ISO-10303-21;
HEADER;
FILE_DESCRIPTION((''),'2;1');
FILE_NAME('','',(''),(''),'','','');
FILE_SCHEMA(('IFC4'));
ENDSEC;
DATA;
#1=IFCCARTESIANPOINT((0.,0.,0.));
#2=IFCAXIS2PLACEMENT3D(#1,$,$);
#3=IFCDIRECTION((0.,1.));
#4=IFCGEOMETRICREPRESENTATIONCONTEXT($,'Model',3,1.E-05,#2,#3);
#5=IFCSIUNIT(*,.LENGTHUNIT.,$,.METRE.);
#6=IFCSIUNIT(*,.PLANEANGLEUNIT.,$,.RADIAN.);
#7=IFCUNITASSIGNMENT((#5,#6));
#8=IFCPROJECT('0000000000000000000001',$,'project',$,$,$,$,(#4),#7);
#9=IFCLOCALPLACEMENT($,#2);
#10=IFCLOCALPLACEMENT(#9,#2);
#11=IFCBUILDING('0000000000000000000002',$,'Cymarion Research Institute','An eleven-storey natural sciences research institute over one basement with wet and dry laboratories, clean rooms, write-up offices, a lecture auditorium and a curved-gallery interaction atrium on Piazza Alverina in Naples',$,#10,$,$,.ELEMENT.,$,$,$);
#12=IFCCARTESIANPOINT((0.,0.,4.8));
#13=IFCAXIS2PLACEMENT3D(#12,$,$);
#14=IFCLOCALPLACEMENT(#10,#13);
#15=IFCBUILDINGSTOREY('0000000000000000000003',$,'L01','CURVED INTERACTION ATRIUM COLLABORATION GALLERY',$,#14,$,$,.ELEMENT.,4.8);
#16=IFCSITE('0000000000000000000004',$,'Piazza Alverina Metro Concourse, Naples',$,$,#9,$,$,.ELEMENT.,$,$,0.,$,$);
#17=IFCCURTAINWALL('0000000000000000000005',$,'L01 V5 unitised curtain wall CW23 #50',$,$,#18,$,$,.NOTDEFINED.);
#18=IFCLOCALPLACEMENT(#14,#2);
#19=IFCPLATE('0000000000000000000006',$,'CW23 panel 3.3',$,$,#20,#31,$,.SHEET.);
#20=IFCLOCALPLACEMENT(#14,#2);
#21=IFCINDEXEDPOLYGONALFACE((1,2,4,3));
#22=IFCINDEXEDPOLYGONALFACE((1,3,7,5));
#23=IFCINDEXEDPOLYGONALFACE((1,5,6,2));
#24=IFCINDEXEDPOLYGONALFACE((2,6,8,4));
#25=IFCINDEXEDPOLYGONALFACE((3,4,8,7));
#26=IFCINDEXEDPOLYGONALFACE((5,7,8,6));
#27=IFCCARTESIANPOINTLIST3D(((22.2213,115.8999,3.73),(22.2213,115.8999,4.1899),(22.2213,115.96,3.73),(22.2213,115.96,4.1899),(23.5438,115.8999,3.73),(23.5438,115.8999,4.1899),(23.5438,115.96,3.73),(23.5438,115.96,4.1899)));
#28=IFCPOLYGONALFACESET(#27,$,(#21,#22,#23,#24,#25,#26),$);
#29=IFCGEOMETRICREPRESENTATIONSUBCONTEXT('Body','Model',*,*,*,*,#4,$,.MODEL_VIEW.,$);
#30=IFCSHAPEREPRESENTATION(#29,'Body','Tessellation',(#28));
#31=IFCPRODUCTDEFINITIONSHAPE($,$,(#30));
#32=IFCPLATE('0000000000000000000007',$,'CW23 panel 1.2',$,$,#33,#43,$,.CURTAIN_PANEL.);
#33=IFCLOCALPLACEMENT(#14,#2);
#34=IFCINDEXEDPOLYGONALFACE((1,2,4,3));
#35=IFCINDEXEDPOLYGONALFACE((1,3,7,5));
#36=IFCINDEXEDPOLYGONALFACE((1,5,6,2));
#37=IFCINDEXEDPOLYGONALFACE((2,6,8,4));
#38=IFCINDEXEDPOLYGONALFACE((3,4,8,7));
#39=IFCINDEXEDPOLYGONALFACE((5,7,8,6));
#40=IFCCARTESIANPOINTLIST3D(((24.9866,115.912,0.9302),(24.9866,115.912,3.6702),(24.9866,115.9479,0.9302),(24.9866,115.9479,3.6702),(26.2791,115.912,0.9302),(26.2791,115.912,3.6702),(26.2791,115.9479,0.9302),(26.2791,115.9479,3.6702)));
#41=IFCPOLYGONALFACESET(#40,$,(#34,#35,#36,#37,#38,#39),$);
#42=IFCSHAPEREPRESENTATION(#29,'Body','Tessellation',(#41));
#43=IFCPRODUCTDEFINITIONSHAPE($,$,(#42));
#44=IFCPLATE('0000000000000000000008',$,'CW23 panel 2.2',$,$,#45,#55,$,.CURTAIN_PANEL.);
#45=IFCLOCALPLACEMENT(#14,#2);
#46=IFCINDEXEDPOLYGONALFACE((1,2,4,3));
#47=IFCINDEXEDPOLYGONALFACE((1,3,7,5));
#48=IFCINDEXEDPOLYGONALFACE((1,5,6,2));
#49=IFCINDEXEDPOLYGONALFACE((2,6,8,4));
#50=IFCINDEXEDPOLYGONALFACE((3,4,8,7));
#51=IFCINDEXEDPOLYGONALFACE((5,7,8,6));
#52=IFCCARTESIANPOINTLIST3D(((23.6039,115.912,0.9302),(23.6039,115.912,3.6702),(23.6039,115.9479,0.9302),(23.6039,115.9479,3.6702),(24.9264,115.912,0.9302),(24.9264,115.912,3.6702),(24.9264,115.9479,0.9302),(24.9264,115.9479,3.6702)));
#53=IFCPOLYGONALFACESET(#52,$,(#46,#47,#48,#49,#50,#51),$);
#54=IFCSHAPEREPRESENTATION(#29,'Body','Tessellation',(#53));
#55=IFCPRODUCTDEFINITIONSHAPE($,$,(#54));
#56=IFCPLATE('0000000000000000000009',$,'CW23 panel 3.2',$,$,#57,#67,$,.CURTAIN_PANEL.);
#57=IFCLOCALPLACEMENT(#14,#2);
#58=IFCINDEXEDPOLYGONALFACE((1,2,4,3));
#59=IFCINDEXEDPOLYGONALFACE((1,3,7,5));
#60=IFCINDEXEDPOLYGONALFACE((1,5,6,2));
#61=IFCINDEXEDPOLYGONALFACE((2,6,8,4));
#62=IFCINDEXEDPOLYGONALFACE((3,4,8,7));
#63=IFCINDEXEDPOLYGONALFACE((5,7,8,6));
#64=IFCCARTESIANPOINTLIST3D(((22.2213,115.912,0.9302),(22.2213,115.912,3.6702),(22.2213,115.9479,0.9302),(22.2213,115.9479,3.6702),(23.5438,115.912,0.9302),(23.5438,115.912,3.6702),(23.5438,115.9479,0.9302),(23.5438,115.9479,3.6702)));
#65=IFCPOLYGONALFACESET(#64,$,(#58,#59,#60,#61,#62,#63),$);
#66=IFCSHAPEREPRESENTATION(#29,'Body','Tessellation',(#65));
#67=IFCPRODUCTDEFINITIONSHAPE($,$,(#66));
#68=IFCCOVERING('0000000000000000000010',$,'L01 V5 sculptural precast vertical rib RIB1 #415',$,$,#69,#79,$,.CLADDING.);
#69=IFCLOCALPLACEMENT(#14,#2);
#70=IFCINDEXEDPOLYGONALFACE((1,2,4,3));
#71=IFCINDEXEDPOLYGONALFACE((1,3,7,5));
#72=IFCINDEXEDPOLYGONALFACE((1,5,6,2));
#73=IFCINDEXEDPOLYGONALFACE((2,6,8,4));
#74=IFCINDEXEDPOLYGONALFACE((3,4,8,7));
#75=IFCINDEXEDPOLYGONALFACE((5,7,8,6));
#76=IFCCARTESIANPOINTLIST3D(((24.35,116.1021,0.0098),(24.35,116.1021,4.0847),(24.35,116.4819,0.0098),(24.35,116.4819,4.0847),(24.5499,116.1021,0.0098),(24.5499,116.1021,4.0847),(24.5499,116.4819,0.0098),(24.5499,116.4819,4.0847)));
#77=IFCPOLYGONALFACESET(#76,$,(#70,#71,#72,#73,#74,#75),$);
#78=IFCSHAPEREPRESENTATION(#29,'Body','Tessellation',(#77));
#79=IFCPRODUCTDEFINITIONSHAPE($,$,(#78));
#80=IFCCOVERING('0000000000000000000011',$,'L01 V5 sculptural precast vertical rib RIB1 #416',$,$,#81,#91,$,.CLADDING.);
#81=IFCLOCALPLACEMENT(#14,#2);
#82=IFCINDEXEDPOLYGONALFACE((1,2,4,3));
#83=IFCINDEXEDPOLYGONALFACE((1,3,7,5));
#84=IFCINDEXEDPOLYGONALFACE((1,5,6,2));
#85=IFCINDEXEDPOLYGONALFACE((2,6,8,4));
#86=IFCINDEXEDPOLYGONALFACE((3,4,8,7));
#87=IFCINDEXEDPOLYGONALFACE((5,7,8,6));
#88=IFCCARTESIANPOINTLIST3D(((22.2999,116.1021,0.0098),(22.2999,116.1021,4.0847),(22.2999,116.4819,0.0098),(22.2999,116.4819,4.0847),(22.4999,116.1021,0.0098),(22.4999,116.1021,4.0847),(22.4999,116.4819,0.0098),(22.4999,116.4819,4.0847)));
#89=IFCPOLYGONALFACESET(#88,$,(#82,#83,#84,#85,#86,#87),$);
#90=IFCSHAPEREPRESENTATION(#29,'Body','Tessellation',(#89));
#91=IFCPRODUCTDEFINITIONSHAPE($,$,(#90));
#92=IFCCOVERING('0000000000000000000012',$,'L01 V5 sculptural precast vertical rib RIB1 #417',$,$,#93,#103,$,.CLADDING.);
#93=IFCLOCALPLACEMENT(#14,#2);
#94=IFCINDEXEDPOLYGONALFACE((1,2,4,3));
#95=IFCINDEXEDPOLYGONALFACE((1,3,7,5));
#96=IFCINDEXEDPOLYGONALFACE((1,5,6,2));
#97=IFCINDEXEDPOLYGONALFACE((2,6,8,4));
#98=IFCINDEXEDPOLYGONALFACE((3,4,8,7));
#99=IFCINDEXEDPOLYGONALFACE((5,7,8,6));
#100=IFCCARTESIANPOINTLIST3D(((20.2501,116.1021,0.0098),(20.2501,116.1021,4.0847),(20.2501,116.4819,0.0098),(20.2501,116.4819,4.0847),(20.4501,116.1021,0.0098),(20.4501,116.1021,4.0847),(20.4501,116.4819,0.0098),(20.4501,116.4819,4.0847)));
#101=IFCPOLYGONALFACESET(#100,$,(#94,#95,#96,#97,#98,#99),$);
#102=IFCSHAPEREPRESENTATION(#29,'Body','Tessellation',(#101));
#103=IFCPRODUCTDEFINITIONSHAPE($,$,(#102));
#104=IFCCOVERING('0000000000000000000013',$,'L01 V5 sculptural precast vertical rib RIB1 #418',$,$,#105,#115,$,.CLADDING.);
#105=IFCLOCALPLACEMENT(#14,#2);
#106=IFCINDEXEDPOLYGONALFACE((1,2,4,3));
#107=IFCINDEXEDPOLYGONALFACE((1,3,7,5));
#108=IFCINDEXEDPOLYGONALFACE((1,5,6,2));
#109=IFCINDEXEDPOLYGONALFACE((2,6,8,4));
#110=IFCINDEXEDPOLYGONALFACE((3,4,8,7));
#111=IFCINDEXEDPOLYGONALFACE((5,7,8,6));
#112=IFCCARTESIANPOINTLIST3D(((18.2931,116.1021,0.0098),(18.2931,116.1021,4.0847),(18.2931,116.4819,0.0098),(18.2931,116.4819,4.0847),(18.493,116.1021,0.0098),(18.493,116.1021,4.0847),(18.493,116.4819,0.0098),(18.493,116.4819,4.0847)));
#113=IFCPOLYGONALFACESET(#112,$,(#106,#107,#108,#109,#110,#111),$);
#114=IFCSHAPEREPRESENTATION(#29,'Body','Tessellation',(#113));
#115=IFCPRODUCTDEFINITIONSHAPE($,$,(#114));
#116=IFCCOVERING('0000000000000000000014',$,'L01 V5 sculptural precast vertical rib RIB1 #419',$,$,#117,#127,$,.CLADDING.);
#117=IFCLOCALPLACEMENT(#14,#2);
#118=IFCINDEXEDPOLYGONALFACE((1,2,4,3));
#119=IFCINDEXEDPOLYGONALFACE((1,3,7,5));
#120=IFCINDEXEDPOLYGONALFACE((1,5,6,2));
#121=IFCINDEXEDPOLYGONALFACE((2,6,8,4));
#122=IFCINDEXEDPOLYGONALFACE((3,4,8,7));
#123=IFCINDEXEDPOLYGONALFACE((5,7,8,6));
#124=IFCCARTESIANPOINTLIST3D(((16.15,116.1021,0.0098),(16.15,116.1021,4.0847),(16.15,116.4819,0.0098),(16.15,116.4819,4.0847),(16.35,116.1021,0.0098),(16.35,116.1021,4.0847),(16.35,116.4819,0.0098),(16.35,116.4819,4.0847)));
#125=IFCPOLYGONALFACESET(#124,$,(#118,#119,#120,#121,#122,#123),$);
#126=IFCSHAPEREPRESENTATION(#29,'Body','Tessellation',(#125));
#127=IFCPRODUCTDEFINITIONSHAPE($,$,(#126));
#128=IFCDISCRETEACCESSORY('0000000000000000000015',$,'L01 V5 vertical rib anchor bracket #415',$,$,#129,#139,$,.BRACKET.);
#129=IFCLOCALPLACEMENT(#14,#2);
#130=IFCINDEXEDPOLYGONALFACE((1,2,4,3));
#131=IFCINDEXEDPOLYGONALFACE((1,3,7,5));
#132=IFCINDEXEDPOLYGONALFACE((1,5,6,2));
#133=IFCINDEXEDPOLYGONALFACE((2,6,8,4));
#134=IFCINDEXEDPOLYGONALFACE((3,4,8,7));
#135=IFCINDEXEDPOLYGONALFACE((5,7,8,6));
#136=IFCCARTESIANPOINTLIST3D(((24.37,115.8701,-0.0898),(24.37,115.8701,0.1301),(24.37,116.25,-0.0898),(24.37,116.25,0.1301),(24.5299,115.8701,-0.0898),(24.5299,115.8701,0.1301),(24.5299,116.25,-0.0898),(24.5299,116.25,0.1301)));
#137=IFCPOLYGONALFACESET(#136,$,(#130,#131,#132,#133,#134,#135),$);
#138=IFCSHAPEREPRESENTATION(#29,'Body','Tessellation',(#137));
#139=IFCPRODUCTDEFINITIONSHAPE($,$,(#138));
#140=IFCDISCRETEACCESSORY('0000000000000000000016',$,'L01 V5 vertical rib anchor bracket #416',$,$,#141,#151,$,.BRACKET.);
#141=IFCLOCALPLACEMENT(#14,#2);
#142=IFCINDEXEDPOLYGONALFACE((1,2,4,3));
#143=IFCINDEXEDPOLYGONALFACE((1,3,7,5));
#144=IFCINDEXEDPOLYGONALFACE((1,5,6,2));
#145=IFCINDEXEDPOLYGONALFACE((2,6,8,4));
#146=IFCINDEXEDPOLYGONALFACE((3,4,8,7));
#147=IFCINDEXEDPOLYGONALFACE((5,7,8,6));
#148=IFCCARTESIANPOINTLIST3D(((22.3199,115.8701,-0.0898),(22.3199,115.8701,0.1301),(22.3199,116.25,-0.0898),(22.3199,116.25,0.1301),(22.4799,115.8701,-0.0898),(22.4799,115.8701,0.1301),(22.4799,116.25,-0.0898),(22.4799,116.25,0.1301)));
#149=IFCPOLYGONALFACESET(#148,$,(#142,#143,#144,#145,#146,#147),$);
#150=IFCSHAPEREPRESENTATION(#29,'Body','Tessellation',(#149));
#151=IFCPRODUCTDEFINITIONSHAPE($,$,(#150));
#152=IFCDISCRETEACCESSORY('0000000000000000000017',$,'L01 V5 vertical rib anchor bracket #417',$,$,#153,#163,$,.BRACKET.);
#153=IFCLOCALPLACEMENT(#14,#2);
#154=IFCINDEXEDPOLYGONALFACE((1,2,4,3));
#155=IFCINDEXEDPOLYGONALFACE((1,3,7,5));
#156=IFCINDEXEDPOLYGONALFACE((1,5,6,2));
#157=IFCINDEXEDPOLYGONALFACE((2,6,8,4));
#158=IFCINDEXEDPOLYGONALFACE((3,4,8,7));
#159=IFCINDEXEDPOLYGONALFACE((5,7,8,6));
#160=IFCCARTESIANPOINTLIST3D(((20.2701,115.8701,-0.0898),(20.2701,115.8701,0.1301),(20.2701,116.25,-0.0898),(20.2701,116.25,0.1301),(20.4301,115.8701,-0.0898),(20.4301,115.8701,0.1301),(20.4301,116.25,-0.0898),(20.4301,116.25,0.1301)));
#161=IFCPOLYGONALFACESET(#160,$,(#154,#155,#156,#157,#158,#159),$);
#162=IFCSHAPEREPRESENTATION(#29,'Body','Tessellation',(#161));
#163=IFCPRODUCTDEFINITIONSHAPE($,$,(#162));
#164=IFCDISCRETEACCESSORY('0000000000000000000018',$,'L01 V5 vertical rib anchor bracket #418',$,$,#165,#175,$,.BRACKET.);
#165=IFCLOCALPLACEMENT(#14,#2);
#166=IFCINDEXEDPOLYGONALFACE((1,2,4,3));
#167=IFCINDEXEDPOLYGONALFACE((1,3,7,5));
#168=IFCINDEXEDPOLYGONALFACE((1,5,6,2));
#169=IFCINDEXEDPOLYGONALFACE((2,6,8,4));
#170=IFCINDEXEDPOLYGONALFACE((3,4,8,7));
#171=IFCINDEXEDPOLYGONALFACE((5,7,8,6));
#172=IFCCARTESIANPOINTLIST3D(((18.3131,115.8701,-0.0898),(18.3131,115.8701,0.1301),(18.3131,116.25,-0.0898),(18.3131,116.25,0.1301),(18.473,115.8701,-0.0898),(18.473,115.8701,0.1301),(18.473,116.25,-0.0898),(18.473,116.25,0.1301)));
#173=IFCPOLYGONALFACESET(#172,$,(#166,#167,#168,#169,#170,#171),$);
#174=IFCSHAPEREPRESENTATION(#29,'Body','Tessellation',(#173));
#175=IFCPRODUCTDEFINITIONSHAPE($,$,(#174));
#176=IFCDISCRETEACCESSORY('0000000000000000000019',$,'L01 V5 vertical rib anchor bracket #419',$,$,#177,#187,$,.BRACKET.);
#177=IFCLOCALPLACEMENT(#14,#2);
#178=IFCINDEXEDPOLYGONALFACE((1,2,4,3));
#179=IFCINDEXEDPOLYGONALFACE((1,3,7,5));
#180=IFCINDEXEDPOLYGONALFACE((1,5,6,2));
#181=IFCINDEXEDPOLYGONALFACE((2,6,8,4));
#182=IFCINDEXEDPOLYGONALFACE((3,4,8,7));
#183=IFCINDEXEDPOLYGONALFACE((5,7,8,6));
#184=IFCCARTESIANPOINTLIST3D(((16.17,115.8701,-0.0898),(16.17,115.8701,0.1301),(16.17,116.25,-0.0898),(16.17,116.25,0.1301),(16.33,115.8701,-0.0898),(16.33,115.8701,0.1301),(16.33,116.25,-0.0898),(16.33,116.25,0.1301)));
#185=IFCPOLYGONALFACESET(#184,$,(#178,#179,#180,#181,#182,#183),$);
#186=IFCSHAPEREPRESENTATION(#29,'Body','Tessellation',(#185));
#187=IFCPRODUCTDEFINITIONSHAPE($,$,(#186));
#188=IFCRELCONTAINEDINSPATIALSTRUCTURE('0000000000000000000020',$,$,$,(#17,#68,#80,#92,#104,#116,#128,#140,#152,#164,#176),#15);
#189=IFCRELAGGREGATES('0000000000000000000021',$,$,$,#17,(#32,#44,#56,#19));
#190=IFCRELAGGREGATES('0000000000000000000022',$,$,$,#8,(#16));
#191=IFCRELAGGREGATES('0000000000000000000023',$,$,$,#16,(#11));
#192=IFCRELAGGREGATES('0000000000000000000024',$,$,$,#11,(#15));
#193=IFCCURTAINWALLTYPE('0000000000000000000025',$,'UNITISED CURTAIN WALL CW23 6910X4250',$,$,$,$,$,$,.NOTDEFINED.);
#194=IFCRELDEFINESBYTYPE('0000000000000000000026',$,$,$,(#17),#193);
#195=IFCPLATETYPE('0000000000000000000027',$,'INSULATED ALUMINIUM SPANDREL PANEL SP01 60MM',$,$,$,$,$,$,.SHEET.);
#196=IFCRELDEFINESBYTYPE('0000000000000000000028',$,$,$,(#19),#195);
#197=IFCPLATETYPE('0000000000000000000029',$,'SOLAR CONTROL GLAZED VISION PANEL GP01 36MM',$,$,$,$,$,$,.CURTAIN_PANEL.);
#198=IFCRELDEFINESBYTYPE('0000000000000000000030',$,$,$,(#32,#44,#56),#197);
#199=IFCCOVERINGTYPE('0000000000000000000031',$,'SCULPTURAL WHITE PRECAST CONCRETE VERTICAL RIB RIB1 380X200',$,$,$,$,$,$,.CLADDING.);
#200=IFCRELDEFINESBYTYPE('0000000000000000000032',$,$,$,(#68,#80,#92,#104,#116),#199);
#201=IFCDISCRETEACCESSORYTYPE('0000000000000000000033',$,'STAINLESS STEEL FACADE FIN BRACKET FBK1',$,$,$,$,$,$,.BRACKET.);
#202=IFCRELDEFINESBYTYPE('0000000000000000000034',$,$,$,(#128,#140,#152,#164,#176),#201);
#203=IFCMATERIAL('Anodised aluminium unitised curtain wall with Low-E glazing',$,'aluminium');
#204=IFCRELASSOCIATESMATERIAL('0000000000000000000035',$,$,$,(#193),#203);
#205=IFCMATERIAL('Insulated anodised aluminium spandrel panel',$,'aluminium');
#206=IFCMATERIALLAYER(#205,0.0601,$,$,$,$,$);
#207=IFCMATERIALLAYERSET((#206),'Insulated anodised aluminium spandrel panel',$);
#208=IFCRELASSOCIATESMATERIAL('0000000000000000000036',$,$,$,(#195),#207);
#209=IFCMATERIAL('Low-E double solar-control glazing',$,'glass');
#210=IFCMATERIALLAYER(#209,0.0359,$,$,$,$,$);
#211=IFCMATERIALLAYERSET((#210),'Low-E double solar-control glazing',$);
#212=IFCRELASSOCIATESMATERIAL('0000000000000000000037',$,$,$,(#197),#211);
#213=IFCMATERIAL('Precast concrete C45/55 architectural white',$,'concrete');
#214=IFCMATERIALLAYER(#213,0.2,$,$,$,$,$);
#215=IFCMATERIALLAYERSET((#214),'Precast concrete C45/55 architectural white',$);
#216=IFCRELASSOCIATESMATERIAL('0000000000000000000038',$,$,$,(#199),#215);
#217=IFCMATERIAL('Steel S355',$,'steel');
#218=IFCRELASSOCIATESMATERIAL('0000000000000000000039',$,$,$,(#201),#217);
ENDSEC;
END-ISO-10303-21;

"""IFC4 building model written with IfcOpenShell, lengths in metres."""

from ifc_helpers import new_model, si_unit, direction, frame, origin, origin_2d, place, context, subcontext, project, spatial, rectangle, extrude, material, layer, layer_set, type_object, element, aggregate, save


model = new_model("IFC4")

# Units and contexts
model_context = context("Model", 3, precision=1e-05, world=origin(), true_north=direction((0.0, 1.0)))
body_context = subcontext(model_context, "Body", "Model", "MODEL_VIEW")
ifc_project = project(units=[si_unit("LENGTHUNIT", "METRE"), si_unit("PLANEANGLEUNIT", "RADIAN")], contexts=[model_context])

# Site, building, storey
site_placement = place(None, origin())
site = spatial("IfcSite", under=ifc_project, at=site_placement, Name="Piazza Alverina Metro Concourse, Naples", CompositionType="ELEMENT", RefElevation=0.0)
building_placement = place(site_placement, origin())
building = spatial("IfcBuilding", under=site, at=building_placement, Name="Cymarion Research Institute", Description="An eleven-storey natural sciences research institute over one basement with wet and dry laboratories, clean rooms, write-up offices, a lecture auditorium and a curved-gallery interaction atrium on Piazza Alverina in Naples", CompositionType="ELEMENT")
storey_placement = place(building_placement, frame((0.0, 0.0, 4.8)))
storey = spatial("IfcBuildingStorey", under=building, at=storey_placement, Name="L01", Description="CURVED INTERACTION ATRIUM COLLABORATION GALLERY", CompositionType="ELEMENT", Elevation=4.8)

# Curtain wall, plates
ifc_material_1 = material(Name="Anodised aluminium unitised curtain wall with Low-E glazing", Category="aluminium")
curtain_wall_type = type_object("IfcCurtainWallType", Name="UNITISED CURTAIN WALL CW23 6910X4250", PredefinedType="NOTDEFINED", material=ifc_material_1)
curtain_wall_placement = place(storey_placement, origin())
curtain_wall = element("IfcCurtainWall", 1, at=curtain_wall_placement, inside=storey, type_object=curtain_wall_type, Name="L01 V5 unitised curtain wall CW23 #50", PredefinedType="NOTDEFINED")
ifc_material_2 = material(Name="Insulated anodised aluminium spandrel panel", Category="aluminium")
ifc_layer_1 = layer(ifc_material_2, 0.0601)
ifc_layer_set_1 = layer_set([ifc_layer_1], Name="Insulated anodised aluminium spandrel panel")
plate_type_1 = type_object("IfcPlateType", Name="INSULATED ALUMINIUM SPANDREL PANEL SP01 60MM", PredefinedType="SHEET", material=ifc_layer_set_1)
plate_1_placement = place(storey_placement, frame((22.8826, 115.9299, 3.73), z_axis=(0.0, 0.0, 1.0), x_axis=(-1.0, 0.0, 0.0)))
plate_1 = element("IfcPlate", 2, at=plate_1_placement, type_object=plate_type_1, Name="CW23 panel 3.3", PredefinedType="SHEET", context=body_context, shape_type="SweptSolid", body=[
    extrude(rectangle(XDim=1.3225, YDim=0.0601, at=origin_2d()), origin(), (0.0, 0.0, 1.0), 0.46),
])
ifc_material_3 = material(Name="Low-E double solar-control glazing", Category="glass")
ifc_layer_2 = layer(ifc_material_3, 0.0359)
ifc_layer_set_2 = layer_set([ifc_layer_2], Name="Low-E double solar-control glazing")
plate_type_2 = type_object("IfcPlateType", Name="SOLAR CONTROL GLAZED VISION PANEL GP01 36MM", PredefinedType="CURTAIN_PANEL", material=ifc_layer_set_2)
plate_2_placement = place(storey_placement, frame((25.6328, 115.9299, 0.9302), z_axis=(0.0, 0.0, 1.0), x_axis=(-1.0, 0.0, 0.0)))
plate_2 = element("IfcPlate", 3, at=plate_2_placement, type_object=plate_type_2, Name="CW23 panel 1.2", PredefinedType="CURTAIN_PANEL", context=body_context, shape_type="SweptSolid", body=[
    extrude(rectangle(XDim=1.2925, YDim=0.0359, at=origin_2d()), origin(), (0.0, 0.0, 1.0), 2.74),
])
plate_3_placement = place(storey_placement, frame((24.2651, 115.9299, 0.9302), z_axis=(0.0, 0.0, 1.0), x_axis=(-1.0, 0.0, 0.0)))
plate_3 = element("IfcPlate", 4, at=plate_3_placement, type_object=plate_type_2, Name="CW23 panel 2.2", PredefinedType="CURTAIN_PANEL", context=body_context, shape_type="SweptSolid", body=[
    extrude(rectangle(XDim=1.3225, YDim=0.0359, at=origin_2d()), origin(), (0.0, 0.0, 1.0), 2.74),
])
plate_4_placement = place(storey_placement, frame((22.8826, 115.9299, 0.9302), z_axis=(0.0, 0.0, 1.0), x_axis=(-1.0, 0.0, 0.0)))
plate_4 = element("IfcPlate", 5, at=plate_4_placement, type_object=plate_type_2, Name="CW23 panel 3.2", PredefinedType="CURTAIN_PANEL", context=body_context, shape_type="SweptSolid", body=[
    extrude(rectangle(XDim=1.3225, YDim=0.0359, at=origin_2d()), origin(), (0.0, 0.0, 1.0), 2.74),
])
aggregate(curtain_wall, [plate_2, plate_3, plate_4, plate_1])

# Coverings
ifc_material_4 = material(Name="Precast concrete C45/55 architectural white", Category="concrete")
ifc_layer_3 = layer(ifc_material_4, 0.2)
ifc_layer_set_3 = layer_set([ifc_layer_3], Name="Precast concrete C45/55 architectural white")
covering_type = type_object("IfcCoveringType", Name="SCULPTURAL WHITE PRECAST CONCRETE VERTICAL RIB RIB1 380X200", PredefinedType="CLADDING", material=ifc_layer_set_3)
for number, where, z_axis, x_axis, name in (
    (6, (24.45, 116.292, 0.0098), (0.0, 0.0, 1.0), (0.0, 1.0, 0.0), "L01 V5 sculptural precast vertical rib RIB1 #415"),
    (7, (22.3999, 116.292, 0.0098), (0.0, 0.0, 1.0), (0.0, 1.0, 0.0), "L01 V5 sculptural precast vertical rib RIB1 #416"),
    (8, (20.3501, 116.292, 0.0098), (0.0, 0.0, 1.0), (0.0, 1.0, 0.0), "L01 V5 sculptural precast vertical rib RIB1 #417"),
    (9, (18.3931, 116.292, 0.0098), (0.0, 0.0, 1.0), (0.0, 1.0, 0.0), "L01 V5 sculptural precast vertical rib RIB1 #418"),
    (10, (16.25, 116.292, 0.0098), (0.0, 0.0, 1.0), (0.0, 1.0, 0.0), "L01 V5 sculptural precast vertical rib RIB1 #419"),
):
    element("IfcCovering", number, at=place(storey_placement, frame(where, z_axis=z_axis, x_axis=x_axis)), inside=storey, type_object=covering_type, Name=name, PredefinedType="CLADDING", context=body_context, shape_type="SweptSolid", body=[
        extrude(rectangle(XDim=0.3799, YDim=0.2, at=origin_2d()), origin(), (0.0, 0.0, 1.0), 4.075),
    ])

# Discrete accessories
ifc_material_5 = material(Name="Steel S355", Category="steel")
discrete_accessory_type = type_object("IfcDiscreteAccessoryType", Name="STAINLESS STEEL FACADE FIN BRACKET FBK1", PredefinedType="BRACKET", material=ifc_material_5)
for number, where, z_axis, x_axis, name in (
    (11, (24.45, 116.0601, -0.0898), (0.0, 0.0, 1.0), (0.0, 1.0, 0.0), "L01 V5 vertical rib anchor bracket #415"),
    (12, (22.3999, 116.0601, -0.0898), (0.0, 0.0, 1.0), (0.0, 1.0, 0.0), "L01 V5 vertical rib anchor bracket #416"),
    (13, (20.3501, 116.0601, -0.0898), (0.0, 0.0, 1.0), (0.0, 1.0, 0.0), "L01 V5 vertical rib anchor bracket #417"),
    (14, (18.3931, 116.0601, -0.0898), (0.0, 0.0, 1.0), (0.0, 1.0, 0.0), "L01 V5 vertical rib anchor bracket #418"),
    (15, (16.25, 116.0601, -0.0898), (0.0, 0.0, 1.0), (0.0, 1.0, 0.0), "L01 V5 vertical rib anchor bracket #419"),
):
    element("IfcDiscreteAccessory", number, at=place(storey_placement, frame(where, z_axis=z_axis, x_axis=x_axis)), inside=storey, type_object=discrete_accessory_type, Name=name, PredefinedType="BRACKET", context=body_context, shape_type="SweptSolid", body=[
        extrude(rectangle(XDim=0.3799, YDim=0.1599, at=origin_2d()), origin(), (0.0, 0.0, 1.0), 0.22),
    ])

save(model, "model.ifc")
